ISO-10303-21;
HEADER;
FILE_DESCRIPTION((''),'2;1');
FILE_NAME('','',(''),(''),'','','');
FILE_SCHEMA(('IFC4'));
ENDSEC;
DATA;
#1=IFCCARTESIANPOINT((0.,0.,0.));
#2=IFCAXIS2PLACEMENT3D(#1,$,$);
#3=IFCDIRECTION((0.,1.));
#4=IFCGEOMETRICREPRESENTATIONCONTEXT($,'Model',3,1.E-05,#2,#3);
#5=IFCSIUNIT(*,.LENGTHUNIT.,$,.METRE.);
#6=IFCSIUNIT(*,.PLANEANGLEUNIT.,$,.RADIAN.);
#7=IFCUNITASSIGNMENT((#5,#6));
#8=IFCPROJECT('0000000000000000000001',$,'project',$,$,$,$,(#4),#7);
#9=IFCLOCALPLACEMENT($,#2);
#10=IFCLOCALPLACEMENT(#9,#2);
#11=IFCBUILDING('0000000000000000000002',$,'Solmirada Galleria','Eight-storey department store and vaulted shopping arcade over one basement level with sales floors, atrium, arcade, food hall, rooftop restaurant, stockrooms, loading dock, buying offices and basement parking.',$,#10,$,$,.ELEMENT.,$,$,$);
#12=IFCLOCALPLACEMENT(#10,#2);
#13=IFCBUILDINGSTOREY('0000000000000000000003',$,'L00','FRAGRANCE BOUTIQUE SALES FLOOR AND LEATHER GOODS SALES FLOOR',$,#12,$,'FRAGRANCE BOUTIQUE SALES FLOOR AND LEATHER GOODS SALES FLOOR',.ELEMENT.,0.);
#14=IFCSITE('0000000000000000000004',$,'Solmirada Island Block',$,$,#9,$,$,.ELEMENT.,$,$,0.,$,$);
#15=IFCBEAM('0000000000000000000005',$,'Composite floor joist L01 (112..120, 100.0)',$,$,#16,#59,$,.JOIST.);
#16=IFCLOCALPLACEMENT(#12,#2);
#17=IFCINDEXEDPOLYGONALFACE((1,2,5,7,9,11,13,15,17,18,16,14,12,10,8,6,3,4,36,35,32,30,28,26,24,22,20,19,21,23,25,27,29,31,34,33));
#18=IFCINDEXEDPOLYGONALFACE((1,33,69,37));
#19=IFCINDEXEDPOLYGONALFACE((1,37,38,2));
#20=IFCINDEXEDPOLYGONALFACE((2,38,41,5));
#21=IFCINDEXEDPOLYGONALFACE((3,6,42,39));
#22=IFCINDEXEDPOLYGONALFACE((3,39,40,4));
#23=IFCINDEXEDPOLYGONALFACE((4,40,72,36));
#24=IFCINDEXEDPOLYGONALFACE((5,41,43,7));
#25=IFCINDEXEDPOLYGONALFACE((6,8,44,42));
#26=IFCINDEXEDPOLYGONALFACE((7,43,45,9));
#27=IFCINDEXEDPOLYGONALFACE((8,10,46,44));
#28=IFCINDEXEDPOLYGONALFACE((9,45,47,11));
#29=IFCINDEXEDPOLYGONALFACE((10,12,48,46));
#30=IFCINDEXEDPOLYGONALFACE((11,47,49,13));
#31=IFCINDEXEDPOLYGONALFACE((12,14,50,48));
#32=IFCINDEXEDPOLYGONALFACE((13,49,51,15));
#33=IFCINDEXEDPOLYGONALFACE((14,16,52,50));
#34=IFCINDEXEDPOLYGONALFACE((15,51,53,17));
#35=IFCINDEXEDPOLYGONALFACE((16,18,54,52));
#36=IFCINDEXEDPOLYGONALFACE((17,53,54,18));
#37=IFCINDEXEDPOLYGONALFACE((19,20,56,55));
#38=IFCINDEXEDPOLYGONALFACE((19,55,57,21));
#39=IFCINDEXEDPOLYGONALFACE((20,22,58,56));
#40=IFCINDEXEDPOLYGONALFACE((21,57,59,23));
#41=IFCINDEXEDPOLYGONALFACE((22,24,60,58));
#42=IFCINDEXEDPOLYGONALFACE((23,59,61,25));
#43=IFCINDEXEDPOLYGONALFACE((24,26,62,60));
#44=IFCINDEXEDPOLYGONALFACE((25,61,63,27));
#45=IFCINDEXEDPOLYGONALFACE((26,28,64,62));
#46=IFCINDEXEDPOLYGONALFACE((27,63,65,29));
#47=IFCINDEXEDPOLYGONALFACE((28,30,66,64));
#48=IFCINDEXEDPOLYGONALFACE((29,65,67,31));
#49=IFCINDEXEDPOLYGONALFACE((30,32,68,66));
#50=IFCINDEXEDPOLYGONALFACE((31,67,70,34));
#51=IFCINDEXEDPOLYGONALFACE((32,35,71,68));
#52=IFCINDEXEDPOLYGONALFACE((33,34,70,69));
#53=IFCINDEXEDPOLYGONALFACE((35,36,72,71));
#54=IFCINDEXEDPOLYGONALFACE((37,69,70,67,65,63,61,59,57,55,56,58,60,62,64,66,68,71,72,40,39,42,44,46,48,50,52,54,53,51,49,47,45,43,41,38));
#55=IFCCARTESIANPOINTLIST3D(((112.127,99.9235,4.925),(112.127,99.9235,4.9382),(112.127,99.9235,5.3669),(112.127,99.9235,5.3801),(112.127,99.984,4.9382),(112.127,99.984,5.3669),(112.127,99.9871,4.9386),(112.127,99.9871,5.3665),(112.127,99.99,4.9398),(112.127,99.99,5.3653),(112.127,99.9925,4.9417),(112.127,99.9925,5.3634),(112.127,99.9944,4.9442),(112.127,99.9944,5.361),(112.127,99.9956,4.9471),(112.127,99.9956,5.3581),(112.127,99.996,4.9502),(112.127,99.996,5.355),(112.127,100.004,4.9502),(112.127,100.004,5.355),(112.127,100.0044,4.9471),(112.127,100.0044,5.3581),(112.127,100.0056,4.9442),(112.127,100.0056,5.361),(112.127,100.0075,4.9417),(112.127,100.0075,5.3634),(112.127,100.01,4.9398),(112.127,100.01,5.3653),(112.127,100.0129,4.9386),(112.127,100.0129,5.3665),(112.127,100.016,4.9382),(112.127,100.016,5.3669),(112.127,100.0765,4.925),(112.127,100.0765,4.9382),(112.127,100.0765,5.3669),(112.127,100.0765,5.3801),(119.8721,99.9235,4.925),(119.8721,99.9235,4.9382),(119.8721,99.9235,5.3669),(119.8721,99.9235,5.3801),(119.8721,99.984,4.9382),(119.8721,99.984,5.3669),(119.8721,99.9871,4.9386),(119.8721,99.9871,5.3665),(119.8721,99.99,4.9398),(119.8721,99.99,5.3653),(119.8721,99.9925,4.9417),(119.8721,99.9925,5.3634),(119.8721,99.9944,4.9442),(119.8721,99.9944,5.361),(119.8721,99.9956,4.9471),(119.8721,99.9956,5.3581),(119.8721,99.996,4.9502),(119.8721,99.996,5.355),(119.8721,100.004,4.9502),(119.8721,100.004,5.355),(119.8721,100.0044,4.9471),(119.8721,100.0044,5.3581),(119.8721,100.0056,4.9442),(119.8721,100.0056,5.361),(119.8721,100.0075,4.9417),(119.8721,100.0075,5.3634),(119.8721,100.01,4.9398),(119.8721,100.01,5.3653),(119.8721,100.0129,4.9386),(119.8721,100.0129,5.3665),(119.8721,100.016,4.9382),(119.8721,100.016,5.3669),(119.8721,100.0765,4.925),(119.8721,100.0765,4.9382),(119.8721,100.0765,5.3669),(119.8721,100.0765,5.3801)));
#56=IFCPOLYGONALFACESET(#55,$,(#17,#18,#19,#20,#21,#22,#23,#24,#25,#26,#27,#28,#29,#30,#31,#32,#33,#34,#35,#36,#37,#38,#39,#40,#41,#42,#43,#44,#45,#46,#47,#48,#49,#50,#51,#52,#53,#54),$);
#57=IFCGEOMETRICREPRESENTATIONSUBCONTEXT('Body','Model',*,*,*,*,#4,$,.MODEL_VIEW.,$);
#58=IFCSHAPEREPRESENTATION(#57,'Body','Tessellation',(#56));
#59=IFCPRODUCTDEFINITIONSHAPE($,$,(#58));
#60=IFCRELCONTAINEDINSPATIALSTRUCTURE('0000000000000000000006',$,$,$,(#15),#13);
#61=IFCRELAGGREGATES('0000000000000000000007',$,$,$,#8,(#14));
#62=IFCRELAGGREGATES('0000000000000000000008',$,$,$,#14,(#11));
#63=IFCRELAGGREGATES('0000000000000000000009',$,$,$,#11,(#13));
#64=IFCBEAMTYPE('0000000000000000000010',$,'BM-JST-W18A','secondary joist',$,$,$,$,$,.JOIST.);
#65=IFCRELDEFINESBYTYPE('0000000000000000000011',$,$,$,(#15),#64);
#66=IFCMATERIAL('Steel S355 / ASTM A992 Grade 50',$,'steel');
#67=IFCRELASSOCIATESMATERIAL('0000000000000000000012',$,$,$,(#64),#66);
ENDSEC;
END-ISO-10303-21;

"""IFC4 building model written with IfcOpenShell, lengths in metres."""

from ifc_helpers import new_model, si_unit, direction, frame, origin, origin_2d, place, context, subcontext, project, spatial, i_section, extrude, material, material_profile, profile_set, type_object, element, save


model = new_model("IFC4")

# Units and contexts
model_context = context("Model", 3, precision=1e-05, world=origin(), true_north=direction((0.0, 1.0)))
body_context = subcontext(model_context, "Body", "Model", "MODEL_VIEW")
ifc_project = project(units=[si_unit("LENGTHUNIT", "METRE"), si_unit("PLANEANGLEUNIT", "RADIAN")], contexts=[model_context])

# Site, building, storey
site_placement = place(None, origin())
site = spatial("IfcSite", under=ifc_project, at=site_placement, Name="Solmirada Island Block", CompositionType="ELEMENT", RefElevation=0.0)
building_placement = place(site_placement, origin())
building = spatial("IfcBuilding", under=site, at=building_placement, Name="Solmirada Galleria", Description="Eight-storey department store and vaulted shopping arcade over one basement level with sales floors, atrium, arcade, food hall, rooftop restaurant, stockrooms, loading dock, buying offices and basement parking.", CompositionType="ELEMENT")
storey_placement = place(building_placement, origin())
storey = spatial("IfcBuildingStorey", under=building, at=storey_placement, Name="L00", Description="FRAGRANCE BOUTIQUE SALES FLOOR AND LEATHER GOODS SALES FLOOR", LongName="FRAGRANCE BOUTIQUE SALES FLOOR AND LEATHER GOODS SALES FLOOR", CompositionType="ELEMENT", Elevation=0.0)

# Beam
ifc_material_1 = material(Name="Steel S355 / ASTM A992 Grade 50", Category="steel")
ifc_material_profile_1 = material_profile(ifc_material_1, i_section(OverallWidth=0.1531, OverallDepth=0.4551, WebThickness=0.0081, FlangeThickness=0.0132, FilletRadius=0.012, at=origin_2d()), Name="W18X40")
ifc_profile_set_1 = profile_set([ifc_material_profile_1], Name="Steel S355 / ASTM A992 Grade 50")
beam_type_1 = type_object("IfcBeamType", Name="BM-JST-W18A", Description="secondary joist", PredefinedType="JOIST", material=ifc_profile_set_1)
for number, where, z_axis, x_axis, name in (
    (1, (112.127, 100.0, 5.1526), (1.0, 0.0, 0.0), (0.0, 1.0, 0.0), "Composite floor joist L01 (112..120, 100.0)"),
):
    element("IfcBeam", number, at=place(storey_placement, frame(where, z_axis=z_axis, x_axis=x_axis)), inside=storey, type_object=beam_type_1, Name=name, PredefinedType="JOIST", context=body_context, shape_type="SweptSolid", body=[
        extrude(i_section(OverallWidth=0.1531, OverallDepth=0.4551, WebThickness=0.0081, FlangeThickness=0.0132, FilletRadius=0.012, at=origin_2d()), origin(), (0.0, 0.0, 1.0), 7.7451),
    ])

save(model, "model.ifc")
